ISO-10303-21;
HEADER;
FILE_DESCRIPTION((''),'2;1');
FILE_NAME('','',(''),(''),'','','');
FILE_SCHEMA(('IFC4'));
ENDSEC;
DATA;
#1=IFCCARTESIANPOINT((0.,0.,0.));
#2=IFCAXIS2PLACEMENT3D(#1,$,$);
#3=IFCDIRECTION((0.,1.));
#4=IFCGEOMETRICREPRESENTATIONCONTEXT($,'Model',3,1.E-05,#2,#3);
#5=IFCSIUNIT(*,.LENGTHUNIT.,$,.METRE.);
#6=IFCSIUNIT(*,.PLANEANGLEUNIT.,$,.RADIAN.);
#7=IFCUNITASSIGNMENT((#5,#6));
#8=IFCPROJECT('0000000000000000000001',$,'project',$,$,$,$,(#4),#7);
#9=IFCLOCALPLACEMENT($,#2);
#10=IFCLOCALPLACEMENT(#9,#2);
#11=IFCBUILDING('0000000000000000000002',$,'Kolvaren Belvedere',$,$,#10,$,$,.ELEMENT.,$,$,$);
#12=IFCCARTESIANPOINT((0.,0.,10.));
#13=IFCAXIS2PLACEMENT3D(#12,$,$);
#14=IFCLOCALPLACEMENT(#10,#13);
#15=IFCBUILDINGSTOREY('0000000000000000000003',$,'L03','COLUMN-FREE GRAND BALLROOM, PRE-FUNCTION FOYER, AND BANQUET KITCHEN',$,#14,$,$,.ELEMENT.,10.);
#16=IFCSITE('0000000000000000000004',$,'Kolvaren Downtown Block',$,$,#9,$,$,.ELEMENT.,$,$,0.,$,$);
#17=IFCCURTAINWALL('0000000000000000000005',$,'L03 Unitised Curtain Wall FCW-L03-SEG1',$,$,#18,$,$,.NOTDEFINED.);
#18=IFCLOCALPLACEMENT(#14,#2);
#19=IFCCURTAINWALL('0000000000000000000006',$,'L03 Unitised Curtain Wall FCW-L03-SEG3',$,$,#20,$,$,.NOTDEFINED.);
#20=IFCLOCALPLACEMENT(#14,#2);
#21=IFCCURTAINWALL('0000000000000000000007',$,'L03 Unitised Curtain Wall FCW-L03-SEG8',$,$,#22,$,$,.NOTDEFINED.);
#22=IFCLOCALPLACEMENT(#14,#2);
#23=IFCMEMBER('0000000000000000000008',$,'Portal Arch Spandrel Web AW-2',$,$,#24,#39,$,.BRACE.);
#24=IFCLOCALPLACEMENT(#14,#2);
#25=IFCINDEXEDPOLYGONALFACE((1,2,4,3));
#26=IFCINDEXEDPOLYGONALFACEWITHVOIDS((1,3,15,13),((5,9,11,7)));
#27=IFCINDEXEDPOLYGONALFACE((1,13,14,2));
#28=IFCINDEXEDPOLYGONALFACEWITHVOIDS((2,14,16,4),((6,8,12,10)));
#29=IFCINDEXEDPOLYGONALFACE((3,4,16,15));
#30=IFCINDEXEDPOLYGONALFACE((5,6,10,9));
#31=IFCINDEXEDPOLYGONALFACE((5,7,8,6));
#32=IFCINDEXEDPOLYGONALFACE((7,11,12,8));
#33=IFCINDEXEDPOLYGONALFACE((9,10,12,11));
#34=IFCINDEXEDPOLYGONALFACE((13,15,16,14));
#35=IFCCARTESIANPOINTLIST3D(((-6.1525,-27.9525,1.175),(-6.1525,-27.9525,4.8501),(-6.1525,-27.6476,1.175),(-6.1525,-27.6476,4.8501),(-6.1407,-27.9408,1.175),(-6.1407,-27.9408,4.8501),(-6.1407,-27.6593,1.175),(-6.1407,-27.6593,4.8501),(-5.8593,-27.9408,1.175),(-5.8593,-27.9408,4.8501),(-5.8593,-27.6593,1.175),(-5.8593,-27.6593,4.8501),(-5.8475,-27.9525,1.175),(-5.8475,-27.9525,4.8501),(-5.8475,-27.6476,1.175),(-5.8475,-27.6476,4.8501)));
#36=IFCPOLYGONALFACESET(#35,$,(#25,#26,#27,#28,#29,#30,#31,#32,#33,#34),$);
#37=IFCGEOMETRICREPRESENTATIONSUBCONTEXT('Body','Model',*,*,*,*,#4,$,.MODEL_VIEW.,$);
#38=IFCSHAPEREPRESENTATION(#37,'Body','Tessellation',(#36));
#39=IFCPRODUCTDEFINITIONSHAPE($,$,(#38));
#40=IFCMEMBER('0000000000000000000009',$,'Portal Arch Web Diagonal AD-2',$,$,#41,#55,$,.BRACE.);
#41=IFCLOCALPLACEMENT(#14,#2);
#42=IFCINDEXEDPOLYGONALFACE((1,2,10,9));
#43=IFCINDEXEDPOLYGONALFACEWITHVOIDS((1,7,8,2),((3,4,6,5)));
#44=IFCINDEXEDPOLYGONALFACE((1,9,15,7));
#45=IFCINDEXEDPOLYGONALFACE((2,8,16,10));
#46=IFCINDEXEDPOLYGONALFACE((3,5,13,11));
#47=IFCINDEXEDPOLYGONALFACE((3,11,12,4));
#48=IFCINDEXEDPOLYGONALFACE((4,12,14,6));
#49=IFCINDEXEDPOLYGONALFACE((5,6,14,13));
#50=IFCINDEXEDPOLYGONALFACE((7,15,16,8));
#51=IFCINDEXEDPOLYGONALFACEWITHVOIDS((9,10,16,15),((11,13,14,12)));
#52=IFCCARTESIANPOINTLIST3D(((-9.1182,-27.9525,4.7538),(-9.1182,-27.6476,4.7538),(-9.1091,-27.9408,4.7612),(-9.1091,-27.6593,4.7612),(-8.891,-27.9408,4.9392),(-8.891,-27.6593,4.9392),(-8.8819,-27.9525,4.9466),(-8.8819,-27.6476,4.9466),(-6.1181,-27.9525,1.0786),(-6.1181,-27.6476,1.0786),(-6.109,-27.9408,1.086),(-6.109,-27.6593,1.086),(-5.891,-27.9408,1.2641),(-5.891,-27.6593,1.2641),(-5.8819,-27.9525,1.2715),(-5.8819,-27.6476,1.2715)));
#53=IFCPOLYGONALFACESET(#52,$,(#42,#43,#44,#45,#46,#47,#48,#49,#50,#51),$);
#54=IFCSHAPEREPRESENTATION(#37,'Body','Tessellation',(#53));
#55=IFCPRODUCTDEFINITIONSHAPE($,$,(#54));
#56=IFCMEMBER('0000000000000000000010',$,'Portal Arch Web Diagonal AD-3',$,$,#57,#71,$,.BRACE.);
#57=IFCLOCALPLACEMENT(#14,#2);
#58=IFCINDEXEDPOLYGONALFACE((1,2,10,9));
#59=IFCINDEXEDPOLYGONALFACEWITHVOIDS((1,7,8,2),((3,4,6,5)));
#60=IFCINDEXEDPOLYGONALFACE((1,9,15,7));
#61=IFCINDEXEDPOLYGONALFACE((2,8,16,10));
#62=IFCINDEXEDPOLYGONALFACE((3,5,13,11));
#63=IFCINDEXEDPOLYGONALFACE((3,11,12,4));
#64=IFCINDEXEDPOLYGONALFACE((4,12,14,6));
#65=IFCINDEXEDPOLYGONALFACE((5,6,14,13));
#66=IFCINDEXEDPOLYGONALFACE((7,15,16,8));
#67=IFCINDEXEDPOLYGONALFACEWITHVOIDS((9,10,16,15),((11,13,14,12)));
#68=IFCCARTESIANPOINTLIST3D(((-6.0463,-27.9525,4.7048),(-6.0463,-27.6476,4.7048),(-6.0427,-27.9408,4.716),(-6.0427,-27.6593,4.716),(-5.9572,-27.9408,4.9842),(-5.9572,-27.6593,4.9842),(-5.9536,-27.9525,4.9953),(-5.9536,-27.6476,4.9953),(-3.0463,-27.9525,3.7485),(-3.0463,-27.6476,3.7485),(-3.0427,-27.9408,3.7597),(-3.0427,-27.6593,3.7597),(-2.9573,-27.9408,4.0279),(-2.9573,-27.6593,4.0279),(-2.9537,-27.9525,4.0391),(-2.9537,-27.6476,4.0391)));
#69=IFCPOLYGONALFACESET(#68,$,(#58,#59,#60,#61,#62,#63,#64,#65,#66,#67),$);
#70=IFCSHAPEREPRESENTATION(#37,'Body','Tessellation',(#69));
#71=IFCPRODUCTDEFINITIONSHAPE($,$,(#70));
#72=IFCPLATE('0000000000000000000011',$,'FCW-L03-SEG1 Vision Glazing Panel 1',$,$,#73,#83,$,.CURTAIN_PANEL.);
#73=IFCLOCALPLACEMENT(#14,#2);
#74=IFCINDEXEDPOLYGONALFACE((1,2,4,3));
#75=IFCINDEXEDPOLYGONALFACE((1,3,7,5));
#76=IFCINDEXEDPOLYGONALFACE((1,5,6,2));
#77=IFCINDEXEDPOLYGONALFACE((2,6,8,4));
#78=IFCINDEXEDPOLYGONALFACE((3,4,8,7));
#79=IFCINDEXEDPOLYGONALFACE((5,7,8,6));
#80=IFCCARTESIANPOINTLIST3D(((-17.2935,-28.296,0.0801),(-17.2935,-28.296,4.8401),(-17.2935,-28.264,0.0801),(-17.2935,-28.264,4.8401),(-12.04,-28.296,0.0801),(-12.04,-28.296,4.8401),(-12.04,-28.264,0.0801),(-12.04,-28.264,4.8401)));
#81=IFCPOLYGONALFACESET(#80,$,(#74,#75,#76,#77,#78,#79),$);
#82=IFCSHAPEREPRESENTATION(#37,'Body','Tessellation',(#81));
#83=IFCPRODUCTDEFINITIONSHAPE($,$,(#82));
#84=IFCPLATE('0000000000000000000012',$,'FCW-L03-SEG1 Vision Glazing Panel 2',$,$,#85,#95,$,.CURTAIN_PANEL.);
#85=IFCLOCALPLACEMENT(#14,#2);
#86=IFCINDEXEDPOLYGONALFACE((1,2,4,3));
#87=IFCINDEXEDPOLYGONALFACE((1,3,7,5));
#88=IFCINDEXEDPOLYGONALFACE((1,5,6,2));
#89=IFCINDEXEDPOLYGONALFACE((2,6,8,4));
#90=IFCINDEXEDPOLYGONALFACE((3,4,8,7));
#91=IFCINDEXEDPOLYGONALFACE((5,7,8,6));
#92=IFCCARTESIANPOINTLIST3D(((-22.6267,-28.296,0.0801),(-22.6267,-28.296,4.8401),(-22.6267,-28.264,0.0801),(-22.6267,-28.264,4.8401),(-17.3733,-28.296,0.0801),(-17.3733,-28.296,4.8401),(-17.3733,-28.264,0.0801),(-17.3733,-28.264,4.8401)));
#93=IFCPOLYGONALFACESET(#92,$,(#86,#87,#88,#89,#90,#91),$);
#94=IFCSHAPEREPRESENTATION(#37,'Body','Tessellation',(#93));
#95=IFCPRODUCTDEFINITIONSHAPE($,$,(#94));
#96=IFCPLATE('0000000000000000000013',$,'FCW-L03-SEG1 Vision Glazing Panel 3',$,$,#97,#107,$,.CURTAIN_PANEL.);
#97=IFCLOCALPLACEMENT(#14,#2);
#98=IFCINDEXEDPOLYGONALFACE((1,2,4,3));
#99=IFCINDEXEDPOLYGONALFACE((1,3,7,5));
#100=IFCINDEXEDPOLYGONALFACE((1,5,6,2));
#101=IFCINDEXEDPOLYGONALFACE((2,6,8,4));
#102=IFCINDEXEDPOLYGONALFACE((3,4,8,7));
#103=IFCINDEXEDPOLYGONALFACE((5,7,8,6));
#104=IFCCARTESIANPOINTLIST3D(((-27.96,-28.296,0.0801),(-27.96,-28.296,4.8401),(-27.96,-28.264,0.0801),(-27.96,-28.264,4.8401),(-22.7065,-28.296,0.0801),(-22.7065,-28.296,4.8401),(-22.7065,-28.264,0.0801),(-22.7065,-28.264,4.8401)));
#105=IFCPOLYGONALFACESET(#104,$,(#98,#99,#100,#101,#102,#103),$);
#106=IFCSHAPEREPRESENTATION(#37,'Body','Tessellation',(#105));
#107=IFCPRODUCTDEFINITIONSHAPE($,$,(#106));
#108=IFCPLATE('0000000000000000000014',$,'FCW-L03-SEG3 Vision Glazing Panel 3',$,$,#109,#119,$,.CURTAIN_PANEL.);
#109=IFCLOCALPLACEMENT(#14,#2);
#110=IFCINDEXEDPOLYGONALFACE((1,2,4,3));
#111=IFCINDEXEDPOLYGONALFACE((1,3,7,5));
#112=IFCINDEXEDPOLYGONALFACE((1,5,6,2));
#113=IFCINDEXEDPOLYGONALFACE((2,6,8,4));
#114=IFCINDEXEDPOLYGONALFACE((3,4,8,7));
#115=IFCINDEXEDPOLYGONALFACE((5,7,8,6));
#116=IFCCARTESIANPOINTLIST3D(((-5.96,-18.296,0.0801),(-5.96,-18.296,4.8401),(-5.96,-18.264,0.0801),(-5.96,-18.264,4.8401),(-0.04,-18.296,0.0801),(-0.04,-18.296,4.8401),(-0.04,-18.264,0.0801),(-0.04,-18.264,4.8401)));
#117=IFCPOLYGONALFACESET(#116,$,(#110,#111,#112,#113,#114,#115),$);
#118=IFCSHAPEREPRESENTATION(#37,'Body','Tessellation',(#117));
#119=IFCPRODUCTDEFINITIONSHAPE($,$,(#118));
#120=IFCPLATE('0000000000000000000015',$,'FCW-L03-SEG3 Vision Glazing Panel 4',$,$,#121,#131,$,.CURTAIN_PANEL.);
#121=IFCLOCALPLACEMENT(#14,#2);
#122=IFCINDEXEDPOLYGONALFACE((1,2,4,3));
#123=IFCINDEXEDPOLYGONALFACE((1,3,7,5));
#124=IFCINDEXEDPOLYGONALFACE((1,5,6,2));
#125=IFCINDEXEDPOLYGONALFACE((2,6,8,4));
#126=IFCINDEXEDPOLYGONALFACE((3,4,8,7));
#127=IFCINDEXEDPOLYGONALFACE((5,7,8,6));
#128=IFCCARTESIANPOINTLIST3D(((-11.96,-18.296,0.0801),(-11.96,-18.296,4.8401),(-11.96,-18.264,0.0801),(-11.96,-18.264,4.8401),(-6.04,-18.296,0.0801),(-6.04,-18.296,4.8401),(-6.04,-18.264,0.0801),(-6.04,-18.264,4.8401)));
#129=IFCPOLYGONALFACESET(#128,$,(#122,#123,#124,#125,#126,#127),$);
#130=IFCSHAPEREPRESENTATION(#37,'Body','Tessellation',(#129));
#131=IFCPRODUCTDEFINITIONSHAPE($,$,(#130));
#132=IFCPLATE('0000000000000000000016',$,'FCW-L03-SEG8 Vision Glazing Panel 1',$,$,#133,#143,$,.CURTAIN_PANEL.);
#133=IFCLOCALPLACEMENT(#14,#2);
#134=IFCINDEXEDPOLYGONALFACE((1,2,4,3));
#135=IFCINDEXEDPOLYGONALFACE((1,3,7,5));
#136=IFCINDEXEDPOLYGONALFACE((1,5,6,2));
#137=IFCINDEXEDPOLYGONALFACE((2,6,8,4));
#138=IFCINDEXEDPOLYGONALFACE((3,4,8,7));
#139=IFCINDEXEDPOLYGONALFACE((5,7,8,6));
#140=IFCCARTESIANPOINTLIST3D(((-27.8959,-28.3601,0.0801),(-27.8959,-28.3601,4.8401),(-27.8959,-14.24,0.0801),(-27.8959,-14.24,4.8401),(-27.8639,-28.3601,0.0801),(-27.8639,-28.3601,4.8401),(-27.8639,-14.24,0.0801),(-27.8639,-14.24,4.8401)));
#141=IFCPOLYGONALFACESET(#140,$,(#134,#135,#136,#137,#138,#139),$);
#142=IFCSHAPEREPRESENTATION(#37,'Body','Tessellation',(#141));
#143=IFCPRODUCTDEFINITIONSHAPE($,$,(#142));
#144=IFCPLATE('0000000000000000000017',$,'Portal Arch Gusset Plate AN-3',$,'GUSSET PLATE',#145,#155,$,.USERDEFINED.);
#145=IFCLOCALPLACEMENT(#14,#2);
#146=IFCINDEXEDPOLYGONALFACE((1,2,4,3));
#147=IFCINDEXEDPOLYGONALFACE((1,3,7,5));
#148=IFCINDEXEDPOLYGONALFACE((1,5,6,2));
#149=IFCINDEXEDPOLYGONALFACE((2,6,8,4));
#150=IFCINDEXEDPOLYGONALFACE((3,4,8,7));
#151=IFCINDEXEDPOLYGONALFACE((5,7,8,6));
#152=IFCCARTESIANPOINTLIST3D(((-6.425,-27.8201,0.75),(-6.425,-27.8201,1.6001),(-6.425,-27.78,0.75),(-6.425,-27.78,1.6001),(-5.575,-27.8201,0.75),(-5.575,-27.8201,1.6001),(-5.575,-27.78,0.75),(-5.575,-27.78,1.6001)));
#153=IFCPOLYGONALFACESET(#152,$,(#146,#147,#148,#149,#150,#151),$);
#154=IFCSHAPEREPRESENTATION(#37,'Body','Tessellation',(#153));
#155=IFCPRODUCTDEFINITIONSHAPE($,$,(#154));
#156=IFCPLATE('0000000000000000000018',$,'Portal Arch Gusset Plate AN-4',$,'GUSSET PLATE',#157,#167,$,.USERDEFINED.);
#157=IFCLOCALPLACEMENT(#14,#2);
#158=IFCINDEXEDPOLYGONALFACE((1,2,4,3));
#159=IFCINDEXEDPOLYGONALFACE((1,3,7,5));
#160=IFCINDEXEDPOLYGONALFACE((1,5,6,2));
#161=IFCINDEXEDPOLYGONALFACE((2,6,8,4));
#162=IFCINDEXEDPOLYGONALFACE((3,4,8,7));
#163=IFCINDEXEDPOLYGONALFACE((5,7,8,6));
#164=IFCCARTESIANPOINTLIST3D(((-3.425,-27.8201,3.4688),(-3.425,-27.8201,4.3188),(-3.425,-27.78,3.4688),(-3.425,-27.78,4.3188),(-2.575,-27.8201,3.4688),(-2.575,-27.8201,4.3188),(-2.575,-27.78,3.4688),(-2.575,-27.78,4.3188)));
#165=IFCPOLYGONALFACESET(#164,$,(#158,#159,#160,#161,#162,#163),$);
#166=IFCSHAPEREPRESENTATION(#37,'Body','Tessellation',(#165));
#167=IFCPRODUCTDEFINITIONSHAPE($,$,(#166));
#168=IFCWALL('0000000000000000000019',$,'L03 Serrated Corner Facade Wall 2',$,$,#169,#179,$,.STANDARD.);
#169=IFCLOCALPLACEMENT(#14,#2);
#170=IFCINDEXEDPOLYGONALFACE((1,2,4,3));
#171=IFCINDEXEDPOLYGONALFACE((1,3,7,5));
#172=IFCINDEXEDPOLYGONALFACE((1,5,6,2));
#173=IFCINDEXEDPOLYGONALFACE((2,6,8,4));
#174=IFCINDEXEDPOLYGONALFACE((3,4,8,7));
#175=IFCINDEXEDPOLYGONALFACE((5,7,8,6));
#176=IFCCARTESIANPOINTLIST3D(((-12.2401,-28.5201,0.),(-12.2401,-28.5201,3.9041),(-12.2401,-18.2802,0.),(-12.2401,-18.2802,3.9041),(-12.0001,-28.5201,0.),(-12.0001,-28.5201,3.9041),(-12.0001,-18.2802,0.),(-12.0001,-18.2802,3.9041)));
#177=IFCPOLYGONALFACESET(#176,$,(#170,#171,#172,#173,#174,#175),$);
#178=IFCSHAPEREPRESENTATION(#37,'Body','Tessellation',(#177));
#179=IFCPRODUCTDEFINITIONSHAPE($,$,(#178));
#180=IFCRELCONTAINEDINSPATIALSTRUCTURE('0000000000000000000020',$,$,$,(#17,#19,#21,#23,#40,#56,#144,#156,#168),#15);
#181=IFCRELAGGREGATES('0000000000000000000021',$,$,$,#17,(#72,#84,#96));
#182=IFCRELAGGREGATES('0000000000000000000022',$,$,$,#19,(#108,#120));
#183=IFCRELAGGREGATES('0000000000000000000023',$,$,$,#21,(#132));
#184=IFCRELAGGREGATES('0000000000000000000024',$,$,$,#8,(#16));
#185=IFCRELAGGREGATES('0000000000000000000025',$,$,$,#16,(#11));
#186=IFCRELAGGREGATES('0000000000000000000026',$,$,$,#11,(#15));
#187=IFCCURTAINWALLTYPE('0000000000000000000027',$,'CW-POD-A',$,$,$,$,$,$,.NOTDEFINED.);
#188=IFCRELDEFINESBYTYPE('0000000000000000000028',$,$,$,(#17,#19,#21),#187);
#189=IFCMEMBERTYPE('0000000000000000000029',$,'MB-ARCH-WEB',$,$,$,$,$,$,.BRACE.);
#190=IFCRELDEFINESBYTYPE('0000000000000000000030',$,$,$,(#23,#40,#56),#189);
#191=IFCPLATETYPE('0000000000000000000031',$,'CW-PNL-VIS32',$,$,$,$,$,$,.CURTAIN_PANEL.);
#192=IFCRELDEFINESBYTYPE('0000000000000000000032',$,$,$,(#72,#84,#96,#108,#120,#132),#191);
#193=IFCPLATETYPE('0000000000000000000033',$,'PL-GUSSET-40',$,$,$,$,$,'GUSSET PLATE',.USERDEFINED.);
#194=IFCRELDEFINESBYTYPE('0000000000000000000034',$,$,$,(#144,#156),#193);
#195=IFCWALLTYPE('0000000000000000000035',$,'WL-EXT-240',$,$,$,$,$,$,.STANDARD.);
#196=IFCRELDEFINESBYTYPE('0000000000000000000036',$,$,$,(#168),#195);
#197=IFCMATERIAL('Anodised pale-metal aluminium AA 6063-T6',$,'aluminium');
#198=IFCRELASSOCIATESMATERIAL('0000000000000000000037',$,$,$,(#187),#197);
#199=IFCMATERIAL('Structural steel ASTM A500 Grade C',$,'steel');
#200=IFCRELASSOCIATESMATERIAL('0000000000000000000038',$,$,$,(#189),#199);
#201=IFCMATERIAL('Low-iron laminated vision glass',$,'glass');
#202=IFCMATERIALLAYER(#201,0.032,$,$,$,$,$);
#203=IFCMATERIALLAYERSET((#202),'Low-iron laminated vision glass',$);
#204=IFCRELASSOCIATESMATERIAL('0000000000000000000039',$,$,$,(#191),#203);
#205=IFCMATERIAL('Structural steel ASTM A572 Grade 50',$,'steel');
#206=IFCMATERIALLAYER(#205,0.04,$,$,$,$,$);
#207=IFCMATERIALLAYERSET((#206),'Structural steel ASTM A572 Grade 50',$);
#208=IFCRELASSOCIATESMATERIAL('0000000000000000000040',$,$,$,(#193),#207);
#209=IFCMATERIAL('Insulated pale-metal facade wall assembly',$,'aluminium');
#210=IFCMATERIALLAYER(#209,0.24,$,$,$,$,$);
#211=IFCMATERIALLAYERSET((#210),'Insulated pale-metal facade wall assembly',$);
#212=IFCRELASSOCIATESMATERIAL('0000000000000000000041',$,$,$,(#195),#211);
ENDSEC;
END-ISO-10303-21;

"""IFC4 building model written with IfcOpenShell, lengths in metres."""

from ifc_helpers import new_model, si_unit, direction, frame, frame_2d, origin, origin_2d, place, context, subcontext, project, spatial, rectangle, hollow_rectangle, extrude, material, layer, layer_set, material_profile, profile_set, type_object, element, aggregate, save


model = new_model("IFC4")

# Units and contexts
model_context = context("Model", 3, precision=1e-05, world=origin(), true_north=direction((0.0, 1.0)))
body_context = subcontext(model_context, "Body", "Model", "MODEL_VIEW")
ifc_project = project(units=[si_unit("LENGTHUNIT", "METRE"), si_unit("PLANEANGLEUNIT", "RADIAN")], contexts=[model_context])

# Site, building, storey
site_placement = place(None, origin())
site = spatial("IfcSite", under=ifc_project, at=site_placement, Name="Kolvaren Downtown Block", CompositionType="ELEMENT", RefElevation=0.0)
building_placement = place(site_placement, origin())
building = spatial("IfcBuilding", under=site, at=building_placement, Name="Kolvaren Belvedere", CompositionType="ELEMENT")
storey_placement = place(building_placement, frame((0.0, 0.0, 10.0)))
storey = spatial("IfcBuildingStorey", under=building, at=storey_placement, Name="L03", Description="COLUMN-FREE GRAND BALLROOM, PRE-FUNCTION FOYER, AND BANQUET KITCHEN", CompositionType="ELEMENT", Elevation=10.0)

# Curtain walls
ifc_material_1 = material(Name="Anodised pale-metal aluminium AA 6063-T6", Category="aluminium")
curtain_wall_type = type_object("IfcCurtainWallType", Name="CW-POD-A", PredefinedType="NOTDEFINED", material=ifc_material_1)
curtain_wall_1_placement = place(storey_placement, origin())
curtain_wall_1 = element("IfcCurtainWall", 1, at=curtain_wall_1_placement, inside=storey, type_object=curtain_wall_type, Name="L03 Unitised Curtain Wall FCW-L03-SEG1", PredefinedType="NOTDEFINED")
curtain_wall_2_placement = place(storey_placement, origin())
curtain_wall_2 = element("IfcCurtainWall", 2, at=curtain_wall_2_placement, inside=storey, type_object=curtain_wall_type, Name="L03 Unitised Curtain Wall FCW-L03-SEG3", PredefinedType="NOTDEFINED")
curtain_wall_3_placement = place(storey_placement, origin())
curtain_wall_3 = element("IfcCurtainWall", 3, at=curtain_wall_3_placement, inside=storey, type_object=curtain_wall_type, Name="L03 Unitised Curtain Wall FCW-L03-SEG8", PredefinedType="NOTDEFINED")

# Members
ifc_material_2 = material(Name="Structural steel ASTM A500 Grade C", Category="steel")
ifc_material_profile_1 = material_profile(ifc_material_2, hollow_rectangle(XDim=0.3049, YDim=0.3049, WallThickness=0.0117, at=origin_2d()), Name="HSS12X12X1/2")
ifc_profile_set_1 = profile_set([ifc_material_profile_1], Name="Structural steel ASTM A500 Grade C")
member_type_1 = type_object("IfcMemberType", Name="MB-ARCH-WEB", PredefinedType="BRACE", material=ifc_profile_set_1)
member_1_placement = place(storey_placement, frame((-6.0, -27.8, 1.175), z_axis=(0.0, 0.0, 1.0), x_axis=(1.0, 0.0, 0.0)))
element("IfcMember", 4, at=member_1_placement, inside=storey, type_object=member_type_1, Name="Portal Arch Spandrel Web AW-2", PredefinedType="BRACE", context=body_context, shape_type="SweptSolid", body=[
    extrude(hollow_rectangle(XDim=0.3049, YDim=0.3049, WallThickness=0.0117, at=origin_2d()), origin(), (0.0, 0.0, 1.0), 3.675),
])
member_2_placement = place(storey_placement, frame((-6.0, -27.8, 1.175), z_axis=(-0.632371, 0.0, 0.774665), x_axis=(0.0, -1.0, 0.0)))
element("IfcMember", 5, at=member_2_placement, inside=storey, type_object=member_type_1, Name="Portal Arch Web Diagonal AD-2", PredefinedType="BRACE", context=body_context, shape_type="SweptSolid", body=[
    extrude(hollow_rectangle(XDim=0.3049, YDim=0.3049, WallThickness=0.0117, at=origin_2d()), origin(), (0.0, 0.0, 1.0), 4.7441),
])
member_3_placement = place(storey_placement, frame((-3.0, -27.8, 3.8938), z_axis=(-0.952765, 0.0, 0.303709), x_axis=(0.0, -1.0, 0.0)))
element("IfcMember", 6, at=member_3_placement, inside=storey, type_object=member_type_1, Name="Portal Arch Web Diagonal AD-3", PredefinedType="BRACE", context=body_context, shape_type="SweptSolid", body=[
    extrude(hollow_rectangle(XDim=0.3049, YDim=0.3049, WallThickness=0.0117, at=origin_2d()), origin(), (0.0, 0.0, 1.0), 3.1487),
])

# Plates
ifc_material_3 = material(Name="Low-iron laminated vision glass", Category="glass")
ifc_layer_1 = layer(ifc_material_3, 0.032)
ifc_layer_set_1 = layer_set([ifc_layer_1], Name="Low-iron laminated vision glass")
plate_type_1 = type_object("IfcPlateType", Name="CW-PNL-VIS32", PredefinedType="CURTAIN_PANEL", material=ifc_layer_set_1)
plate_1_placement = place(storey_placement, frame((-14.6667, -28.28, 0.0801), z_axis=(0.0, 0.0, 1.0), x_axis=(-1.0, 0.0, 0.0)))
plate_1 = element("IfcPlate", 7, at=plate_1_placement, type_object=plate_type_1, Name="FCW-L03-SEG1 Vision Glazing Panel 1", PredefinedType="CURTAIN_PANEL", context=body_context, shape_type="SweptSolid", body=[
    extrude(rectangle(XDim=5.2534, YDim=0.032, at=origin_2d()), origin(), (0.0, 0.0, 1.0), 4.76),
])
plate_2_placement = place(storey_placement, frame((-20.0, -28.28, 0.0801), z_axis=(0.0, 0.0, 1.0), x_axis=(-1.0, 0.0, 0.0)))
plate_2 = element("IfcPlate", 8, at=plate_2_placement, type_object=plate_type_1, Name="FCW-L03-SEG1 Vision Glazing Panel 2", PredefinedType="CURTAIN_PANEL", context=body_context, shape_type="SweptSolid", body=[
    extrude(rectangle(XDim=5.2534, YDim=0.032, at=origin_2d()), origin(), (0.0, 0.0, 1.0), 4.76),
])
plate_3_placement = place(storey_placement, frame((-25.3333, -28.28, 0.0801), z_axis=(0.0, 0.0, 1.0), x_axis=(-1.0, 0.0, 0.0)))
plate_3 = element("IfcPlate", 9, at=plate_3_placement, type_object=plate_type_1, Name="FCW-L03-SEG1 Vision Glazing Panel 3", PredefinedType="CURTAIN_PANEL", context=body_context, shape_type="SweptSolid", body=[
    extrude(rectangle(XDim=5.2534, YDim=0.032, at=origin_2d()), origin(), (0.0, 0.0, 1.0), 4.76),
])
aggregate(curtain_wall_1, [plate_1, plate_2, plate_3])
plate_4_placement = place(storey_placement, frame((-3.0, -18.28, 0.0801), z_axis=(0.0, 0.0, 1.0), x_axis=(-1.0, 0.0, 0.0)))
plate_4 = element("IfcPlate", 10, at=plate_4_placement, type_object=plate_type_1, Name="FCW-L03-SEG3 Vision Glazing Panel 3", PredefinedType="CURTAIN_PANEL", context=body_context, shape_type="SweptSolid", body=[
    extrude(rectangle(XDim=5.9199, YDim=0.032, at=origin_2d()), origin(), (0.0, 0.0, 1.0), 4.76),
])
plate_5_placement = place(storey_placement, frame((-9.0, -18.28, 0.0801), z_axis=(0.0, 0.0, 1.0), x_axis=(-1.0, 0.0, 0.0)))
plate_5 = element("IfcPlate", 11, at=plate_5_placement, type_object=plate_type_1, Name="FCW-L03-SEG3 Vision Glazing Panel 4", PredefinedType="CURTAIN_PANEL", context=body_context, shape_type="SweptSolid", body=[
    extrude(rectangle(XDim=5.9199, YDim=0.032, at=origin_2d()), origin(), (0.0, 0.0, 1.0), 4.76),
])
aggregate(curtain_wall_2, [plate_4, plate_5])
plate_6_placement = place(storey_placement, frame((-27.8799, -21.3, 0.0801), z_axis=(0.0, 0.0, 1.0), x_axis=(0.0, 1.0, 0.0)))
plate_6 = element("IfcPlate", 12, at=plate_6_placement, type_object=plate_type_1, Name="FCW-L03-SEG8 Vision Glazing Panel 1", PredefinedType="CURTAIN_PANEL", context=body_context, shape_type="SweptSolid", body=[
    extrude(rectangle(XDim=14.1201, YDim=0.032, at=origin_2d()), origin(), (0.0, 0.0, 1.0), 4.76),
])
aggregate(curtain_wall_3, [plate_6])

# Plates
ifc_material_4 = material(Name="Structural steel ASTM A572 Grade 50", Category="steel")
ifc_layer_2 = layer(ifc_material_4, 0.04)
ifc_layer_set_2 = layer_set([ifc_layer_2], Name="Structural steel ASTM A572 Grade 50")
plate_type_2 = type_object("IfcPlateType", Name="PL-GUSSET-40", ElementType="GUSSET PLATE", PredefinedType="USERDEFINED", material=ifc_layer_set_2)
for number, where, z_axis, x_axis, name in (
    (13, (-6.0, -27.8, 0.75), (0.0, 0.0, 1.0), (1.0, 0.0, 0.0), "Portal Arch Gusset Plate AN-3"),
    (14, (-3.0, -27.8, 3.4688), (0.0, 0.0, 1.0), (1.0, 0.0, 0.0), "Portal Arch Gusset Plate AN-4"),
):
    element("IfcPlate", number, at=place(storey_placement, frame(where, z_axis=z_axis, x_axis=x_axis)), inside=storey, type_object=plate_type_2, Name=name, ObjectType="GUSSET PLATE", PredefinedType="USERDEFINED", context=body_context, shape_type="SweptSolid", body=[
        extrude(rectangle(XDim=0.8501, YDim=0.04, at=origin_2d()), origin(), (0.0, 0.0, 1.0), 0.8501),
    ])

# Wall
ifc_material_5 = material(Name="Insulated pale-metal facade wall assembly", Category="aluminium")
ifc_layer_3 = layer(ifc_material_5, 0.24)
ifc_layer_set_3 = layer_set([ifc_layer_3], Name="Insulated pale-metal facade wall assembly")
wall_type = type_object("IfcWallType", Name="WL-EXT-240", PredefinedType="STANDARD", material=ifc_layer_set_3)
wall_placement = place(storey_placement, frame((-12.1201, -18.28, 0.0), z_axis=(0.0, 0.0, 1.0), x_axis=(0.0, -1.0, 0.0)))
element("IfcWall", 15, at=wall_placement, inside=storey, type_object=wall_type, Name="L03 Serrated Corner Facade Wall 2", PredefinedType="STANDARD", context=body_context, shape_type="SweptSolid", body=[
    extrude(rectangle(XDim=10.24, YDim=0.24, at=frame_2d((5.1201, 0.0))), origin(), (0.0, 0.0, 1.0), 3.9041),
])

save(model, "model.ifc")
